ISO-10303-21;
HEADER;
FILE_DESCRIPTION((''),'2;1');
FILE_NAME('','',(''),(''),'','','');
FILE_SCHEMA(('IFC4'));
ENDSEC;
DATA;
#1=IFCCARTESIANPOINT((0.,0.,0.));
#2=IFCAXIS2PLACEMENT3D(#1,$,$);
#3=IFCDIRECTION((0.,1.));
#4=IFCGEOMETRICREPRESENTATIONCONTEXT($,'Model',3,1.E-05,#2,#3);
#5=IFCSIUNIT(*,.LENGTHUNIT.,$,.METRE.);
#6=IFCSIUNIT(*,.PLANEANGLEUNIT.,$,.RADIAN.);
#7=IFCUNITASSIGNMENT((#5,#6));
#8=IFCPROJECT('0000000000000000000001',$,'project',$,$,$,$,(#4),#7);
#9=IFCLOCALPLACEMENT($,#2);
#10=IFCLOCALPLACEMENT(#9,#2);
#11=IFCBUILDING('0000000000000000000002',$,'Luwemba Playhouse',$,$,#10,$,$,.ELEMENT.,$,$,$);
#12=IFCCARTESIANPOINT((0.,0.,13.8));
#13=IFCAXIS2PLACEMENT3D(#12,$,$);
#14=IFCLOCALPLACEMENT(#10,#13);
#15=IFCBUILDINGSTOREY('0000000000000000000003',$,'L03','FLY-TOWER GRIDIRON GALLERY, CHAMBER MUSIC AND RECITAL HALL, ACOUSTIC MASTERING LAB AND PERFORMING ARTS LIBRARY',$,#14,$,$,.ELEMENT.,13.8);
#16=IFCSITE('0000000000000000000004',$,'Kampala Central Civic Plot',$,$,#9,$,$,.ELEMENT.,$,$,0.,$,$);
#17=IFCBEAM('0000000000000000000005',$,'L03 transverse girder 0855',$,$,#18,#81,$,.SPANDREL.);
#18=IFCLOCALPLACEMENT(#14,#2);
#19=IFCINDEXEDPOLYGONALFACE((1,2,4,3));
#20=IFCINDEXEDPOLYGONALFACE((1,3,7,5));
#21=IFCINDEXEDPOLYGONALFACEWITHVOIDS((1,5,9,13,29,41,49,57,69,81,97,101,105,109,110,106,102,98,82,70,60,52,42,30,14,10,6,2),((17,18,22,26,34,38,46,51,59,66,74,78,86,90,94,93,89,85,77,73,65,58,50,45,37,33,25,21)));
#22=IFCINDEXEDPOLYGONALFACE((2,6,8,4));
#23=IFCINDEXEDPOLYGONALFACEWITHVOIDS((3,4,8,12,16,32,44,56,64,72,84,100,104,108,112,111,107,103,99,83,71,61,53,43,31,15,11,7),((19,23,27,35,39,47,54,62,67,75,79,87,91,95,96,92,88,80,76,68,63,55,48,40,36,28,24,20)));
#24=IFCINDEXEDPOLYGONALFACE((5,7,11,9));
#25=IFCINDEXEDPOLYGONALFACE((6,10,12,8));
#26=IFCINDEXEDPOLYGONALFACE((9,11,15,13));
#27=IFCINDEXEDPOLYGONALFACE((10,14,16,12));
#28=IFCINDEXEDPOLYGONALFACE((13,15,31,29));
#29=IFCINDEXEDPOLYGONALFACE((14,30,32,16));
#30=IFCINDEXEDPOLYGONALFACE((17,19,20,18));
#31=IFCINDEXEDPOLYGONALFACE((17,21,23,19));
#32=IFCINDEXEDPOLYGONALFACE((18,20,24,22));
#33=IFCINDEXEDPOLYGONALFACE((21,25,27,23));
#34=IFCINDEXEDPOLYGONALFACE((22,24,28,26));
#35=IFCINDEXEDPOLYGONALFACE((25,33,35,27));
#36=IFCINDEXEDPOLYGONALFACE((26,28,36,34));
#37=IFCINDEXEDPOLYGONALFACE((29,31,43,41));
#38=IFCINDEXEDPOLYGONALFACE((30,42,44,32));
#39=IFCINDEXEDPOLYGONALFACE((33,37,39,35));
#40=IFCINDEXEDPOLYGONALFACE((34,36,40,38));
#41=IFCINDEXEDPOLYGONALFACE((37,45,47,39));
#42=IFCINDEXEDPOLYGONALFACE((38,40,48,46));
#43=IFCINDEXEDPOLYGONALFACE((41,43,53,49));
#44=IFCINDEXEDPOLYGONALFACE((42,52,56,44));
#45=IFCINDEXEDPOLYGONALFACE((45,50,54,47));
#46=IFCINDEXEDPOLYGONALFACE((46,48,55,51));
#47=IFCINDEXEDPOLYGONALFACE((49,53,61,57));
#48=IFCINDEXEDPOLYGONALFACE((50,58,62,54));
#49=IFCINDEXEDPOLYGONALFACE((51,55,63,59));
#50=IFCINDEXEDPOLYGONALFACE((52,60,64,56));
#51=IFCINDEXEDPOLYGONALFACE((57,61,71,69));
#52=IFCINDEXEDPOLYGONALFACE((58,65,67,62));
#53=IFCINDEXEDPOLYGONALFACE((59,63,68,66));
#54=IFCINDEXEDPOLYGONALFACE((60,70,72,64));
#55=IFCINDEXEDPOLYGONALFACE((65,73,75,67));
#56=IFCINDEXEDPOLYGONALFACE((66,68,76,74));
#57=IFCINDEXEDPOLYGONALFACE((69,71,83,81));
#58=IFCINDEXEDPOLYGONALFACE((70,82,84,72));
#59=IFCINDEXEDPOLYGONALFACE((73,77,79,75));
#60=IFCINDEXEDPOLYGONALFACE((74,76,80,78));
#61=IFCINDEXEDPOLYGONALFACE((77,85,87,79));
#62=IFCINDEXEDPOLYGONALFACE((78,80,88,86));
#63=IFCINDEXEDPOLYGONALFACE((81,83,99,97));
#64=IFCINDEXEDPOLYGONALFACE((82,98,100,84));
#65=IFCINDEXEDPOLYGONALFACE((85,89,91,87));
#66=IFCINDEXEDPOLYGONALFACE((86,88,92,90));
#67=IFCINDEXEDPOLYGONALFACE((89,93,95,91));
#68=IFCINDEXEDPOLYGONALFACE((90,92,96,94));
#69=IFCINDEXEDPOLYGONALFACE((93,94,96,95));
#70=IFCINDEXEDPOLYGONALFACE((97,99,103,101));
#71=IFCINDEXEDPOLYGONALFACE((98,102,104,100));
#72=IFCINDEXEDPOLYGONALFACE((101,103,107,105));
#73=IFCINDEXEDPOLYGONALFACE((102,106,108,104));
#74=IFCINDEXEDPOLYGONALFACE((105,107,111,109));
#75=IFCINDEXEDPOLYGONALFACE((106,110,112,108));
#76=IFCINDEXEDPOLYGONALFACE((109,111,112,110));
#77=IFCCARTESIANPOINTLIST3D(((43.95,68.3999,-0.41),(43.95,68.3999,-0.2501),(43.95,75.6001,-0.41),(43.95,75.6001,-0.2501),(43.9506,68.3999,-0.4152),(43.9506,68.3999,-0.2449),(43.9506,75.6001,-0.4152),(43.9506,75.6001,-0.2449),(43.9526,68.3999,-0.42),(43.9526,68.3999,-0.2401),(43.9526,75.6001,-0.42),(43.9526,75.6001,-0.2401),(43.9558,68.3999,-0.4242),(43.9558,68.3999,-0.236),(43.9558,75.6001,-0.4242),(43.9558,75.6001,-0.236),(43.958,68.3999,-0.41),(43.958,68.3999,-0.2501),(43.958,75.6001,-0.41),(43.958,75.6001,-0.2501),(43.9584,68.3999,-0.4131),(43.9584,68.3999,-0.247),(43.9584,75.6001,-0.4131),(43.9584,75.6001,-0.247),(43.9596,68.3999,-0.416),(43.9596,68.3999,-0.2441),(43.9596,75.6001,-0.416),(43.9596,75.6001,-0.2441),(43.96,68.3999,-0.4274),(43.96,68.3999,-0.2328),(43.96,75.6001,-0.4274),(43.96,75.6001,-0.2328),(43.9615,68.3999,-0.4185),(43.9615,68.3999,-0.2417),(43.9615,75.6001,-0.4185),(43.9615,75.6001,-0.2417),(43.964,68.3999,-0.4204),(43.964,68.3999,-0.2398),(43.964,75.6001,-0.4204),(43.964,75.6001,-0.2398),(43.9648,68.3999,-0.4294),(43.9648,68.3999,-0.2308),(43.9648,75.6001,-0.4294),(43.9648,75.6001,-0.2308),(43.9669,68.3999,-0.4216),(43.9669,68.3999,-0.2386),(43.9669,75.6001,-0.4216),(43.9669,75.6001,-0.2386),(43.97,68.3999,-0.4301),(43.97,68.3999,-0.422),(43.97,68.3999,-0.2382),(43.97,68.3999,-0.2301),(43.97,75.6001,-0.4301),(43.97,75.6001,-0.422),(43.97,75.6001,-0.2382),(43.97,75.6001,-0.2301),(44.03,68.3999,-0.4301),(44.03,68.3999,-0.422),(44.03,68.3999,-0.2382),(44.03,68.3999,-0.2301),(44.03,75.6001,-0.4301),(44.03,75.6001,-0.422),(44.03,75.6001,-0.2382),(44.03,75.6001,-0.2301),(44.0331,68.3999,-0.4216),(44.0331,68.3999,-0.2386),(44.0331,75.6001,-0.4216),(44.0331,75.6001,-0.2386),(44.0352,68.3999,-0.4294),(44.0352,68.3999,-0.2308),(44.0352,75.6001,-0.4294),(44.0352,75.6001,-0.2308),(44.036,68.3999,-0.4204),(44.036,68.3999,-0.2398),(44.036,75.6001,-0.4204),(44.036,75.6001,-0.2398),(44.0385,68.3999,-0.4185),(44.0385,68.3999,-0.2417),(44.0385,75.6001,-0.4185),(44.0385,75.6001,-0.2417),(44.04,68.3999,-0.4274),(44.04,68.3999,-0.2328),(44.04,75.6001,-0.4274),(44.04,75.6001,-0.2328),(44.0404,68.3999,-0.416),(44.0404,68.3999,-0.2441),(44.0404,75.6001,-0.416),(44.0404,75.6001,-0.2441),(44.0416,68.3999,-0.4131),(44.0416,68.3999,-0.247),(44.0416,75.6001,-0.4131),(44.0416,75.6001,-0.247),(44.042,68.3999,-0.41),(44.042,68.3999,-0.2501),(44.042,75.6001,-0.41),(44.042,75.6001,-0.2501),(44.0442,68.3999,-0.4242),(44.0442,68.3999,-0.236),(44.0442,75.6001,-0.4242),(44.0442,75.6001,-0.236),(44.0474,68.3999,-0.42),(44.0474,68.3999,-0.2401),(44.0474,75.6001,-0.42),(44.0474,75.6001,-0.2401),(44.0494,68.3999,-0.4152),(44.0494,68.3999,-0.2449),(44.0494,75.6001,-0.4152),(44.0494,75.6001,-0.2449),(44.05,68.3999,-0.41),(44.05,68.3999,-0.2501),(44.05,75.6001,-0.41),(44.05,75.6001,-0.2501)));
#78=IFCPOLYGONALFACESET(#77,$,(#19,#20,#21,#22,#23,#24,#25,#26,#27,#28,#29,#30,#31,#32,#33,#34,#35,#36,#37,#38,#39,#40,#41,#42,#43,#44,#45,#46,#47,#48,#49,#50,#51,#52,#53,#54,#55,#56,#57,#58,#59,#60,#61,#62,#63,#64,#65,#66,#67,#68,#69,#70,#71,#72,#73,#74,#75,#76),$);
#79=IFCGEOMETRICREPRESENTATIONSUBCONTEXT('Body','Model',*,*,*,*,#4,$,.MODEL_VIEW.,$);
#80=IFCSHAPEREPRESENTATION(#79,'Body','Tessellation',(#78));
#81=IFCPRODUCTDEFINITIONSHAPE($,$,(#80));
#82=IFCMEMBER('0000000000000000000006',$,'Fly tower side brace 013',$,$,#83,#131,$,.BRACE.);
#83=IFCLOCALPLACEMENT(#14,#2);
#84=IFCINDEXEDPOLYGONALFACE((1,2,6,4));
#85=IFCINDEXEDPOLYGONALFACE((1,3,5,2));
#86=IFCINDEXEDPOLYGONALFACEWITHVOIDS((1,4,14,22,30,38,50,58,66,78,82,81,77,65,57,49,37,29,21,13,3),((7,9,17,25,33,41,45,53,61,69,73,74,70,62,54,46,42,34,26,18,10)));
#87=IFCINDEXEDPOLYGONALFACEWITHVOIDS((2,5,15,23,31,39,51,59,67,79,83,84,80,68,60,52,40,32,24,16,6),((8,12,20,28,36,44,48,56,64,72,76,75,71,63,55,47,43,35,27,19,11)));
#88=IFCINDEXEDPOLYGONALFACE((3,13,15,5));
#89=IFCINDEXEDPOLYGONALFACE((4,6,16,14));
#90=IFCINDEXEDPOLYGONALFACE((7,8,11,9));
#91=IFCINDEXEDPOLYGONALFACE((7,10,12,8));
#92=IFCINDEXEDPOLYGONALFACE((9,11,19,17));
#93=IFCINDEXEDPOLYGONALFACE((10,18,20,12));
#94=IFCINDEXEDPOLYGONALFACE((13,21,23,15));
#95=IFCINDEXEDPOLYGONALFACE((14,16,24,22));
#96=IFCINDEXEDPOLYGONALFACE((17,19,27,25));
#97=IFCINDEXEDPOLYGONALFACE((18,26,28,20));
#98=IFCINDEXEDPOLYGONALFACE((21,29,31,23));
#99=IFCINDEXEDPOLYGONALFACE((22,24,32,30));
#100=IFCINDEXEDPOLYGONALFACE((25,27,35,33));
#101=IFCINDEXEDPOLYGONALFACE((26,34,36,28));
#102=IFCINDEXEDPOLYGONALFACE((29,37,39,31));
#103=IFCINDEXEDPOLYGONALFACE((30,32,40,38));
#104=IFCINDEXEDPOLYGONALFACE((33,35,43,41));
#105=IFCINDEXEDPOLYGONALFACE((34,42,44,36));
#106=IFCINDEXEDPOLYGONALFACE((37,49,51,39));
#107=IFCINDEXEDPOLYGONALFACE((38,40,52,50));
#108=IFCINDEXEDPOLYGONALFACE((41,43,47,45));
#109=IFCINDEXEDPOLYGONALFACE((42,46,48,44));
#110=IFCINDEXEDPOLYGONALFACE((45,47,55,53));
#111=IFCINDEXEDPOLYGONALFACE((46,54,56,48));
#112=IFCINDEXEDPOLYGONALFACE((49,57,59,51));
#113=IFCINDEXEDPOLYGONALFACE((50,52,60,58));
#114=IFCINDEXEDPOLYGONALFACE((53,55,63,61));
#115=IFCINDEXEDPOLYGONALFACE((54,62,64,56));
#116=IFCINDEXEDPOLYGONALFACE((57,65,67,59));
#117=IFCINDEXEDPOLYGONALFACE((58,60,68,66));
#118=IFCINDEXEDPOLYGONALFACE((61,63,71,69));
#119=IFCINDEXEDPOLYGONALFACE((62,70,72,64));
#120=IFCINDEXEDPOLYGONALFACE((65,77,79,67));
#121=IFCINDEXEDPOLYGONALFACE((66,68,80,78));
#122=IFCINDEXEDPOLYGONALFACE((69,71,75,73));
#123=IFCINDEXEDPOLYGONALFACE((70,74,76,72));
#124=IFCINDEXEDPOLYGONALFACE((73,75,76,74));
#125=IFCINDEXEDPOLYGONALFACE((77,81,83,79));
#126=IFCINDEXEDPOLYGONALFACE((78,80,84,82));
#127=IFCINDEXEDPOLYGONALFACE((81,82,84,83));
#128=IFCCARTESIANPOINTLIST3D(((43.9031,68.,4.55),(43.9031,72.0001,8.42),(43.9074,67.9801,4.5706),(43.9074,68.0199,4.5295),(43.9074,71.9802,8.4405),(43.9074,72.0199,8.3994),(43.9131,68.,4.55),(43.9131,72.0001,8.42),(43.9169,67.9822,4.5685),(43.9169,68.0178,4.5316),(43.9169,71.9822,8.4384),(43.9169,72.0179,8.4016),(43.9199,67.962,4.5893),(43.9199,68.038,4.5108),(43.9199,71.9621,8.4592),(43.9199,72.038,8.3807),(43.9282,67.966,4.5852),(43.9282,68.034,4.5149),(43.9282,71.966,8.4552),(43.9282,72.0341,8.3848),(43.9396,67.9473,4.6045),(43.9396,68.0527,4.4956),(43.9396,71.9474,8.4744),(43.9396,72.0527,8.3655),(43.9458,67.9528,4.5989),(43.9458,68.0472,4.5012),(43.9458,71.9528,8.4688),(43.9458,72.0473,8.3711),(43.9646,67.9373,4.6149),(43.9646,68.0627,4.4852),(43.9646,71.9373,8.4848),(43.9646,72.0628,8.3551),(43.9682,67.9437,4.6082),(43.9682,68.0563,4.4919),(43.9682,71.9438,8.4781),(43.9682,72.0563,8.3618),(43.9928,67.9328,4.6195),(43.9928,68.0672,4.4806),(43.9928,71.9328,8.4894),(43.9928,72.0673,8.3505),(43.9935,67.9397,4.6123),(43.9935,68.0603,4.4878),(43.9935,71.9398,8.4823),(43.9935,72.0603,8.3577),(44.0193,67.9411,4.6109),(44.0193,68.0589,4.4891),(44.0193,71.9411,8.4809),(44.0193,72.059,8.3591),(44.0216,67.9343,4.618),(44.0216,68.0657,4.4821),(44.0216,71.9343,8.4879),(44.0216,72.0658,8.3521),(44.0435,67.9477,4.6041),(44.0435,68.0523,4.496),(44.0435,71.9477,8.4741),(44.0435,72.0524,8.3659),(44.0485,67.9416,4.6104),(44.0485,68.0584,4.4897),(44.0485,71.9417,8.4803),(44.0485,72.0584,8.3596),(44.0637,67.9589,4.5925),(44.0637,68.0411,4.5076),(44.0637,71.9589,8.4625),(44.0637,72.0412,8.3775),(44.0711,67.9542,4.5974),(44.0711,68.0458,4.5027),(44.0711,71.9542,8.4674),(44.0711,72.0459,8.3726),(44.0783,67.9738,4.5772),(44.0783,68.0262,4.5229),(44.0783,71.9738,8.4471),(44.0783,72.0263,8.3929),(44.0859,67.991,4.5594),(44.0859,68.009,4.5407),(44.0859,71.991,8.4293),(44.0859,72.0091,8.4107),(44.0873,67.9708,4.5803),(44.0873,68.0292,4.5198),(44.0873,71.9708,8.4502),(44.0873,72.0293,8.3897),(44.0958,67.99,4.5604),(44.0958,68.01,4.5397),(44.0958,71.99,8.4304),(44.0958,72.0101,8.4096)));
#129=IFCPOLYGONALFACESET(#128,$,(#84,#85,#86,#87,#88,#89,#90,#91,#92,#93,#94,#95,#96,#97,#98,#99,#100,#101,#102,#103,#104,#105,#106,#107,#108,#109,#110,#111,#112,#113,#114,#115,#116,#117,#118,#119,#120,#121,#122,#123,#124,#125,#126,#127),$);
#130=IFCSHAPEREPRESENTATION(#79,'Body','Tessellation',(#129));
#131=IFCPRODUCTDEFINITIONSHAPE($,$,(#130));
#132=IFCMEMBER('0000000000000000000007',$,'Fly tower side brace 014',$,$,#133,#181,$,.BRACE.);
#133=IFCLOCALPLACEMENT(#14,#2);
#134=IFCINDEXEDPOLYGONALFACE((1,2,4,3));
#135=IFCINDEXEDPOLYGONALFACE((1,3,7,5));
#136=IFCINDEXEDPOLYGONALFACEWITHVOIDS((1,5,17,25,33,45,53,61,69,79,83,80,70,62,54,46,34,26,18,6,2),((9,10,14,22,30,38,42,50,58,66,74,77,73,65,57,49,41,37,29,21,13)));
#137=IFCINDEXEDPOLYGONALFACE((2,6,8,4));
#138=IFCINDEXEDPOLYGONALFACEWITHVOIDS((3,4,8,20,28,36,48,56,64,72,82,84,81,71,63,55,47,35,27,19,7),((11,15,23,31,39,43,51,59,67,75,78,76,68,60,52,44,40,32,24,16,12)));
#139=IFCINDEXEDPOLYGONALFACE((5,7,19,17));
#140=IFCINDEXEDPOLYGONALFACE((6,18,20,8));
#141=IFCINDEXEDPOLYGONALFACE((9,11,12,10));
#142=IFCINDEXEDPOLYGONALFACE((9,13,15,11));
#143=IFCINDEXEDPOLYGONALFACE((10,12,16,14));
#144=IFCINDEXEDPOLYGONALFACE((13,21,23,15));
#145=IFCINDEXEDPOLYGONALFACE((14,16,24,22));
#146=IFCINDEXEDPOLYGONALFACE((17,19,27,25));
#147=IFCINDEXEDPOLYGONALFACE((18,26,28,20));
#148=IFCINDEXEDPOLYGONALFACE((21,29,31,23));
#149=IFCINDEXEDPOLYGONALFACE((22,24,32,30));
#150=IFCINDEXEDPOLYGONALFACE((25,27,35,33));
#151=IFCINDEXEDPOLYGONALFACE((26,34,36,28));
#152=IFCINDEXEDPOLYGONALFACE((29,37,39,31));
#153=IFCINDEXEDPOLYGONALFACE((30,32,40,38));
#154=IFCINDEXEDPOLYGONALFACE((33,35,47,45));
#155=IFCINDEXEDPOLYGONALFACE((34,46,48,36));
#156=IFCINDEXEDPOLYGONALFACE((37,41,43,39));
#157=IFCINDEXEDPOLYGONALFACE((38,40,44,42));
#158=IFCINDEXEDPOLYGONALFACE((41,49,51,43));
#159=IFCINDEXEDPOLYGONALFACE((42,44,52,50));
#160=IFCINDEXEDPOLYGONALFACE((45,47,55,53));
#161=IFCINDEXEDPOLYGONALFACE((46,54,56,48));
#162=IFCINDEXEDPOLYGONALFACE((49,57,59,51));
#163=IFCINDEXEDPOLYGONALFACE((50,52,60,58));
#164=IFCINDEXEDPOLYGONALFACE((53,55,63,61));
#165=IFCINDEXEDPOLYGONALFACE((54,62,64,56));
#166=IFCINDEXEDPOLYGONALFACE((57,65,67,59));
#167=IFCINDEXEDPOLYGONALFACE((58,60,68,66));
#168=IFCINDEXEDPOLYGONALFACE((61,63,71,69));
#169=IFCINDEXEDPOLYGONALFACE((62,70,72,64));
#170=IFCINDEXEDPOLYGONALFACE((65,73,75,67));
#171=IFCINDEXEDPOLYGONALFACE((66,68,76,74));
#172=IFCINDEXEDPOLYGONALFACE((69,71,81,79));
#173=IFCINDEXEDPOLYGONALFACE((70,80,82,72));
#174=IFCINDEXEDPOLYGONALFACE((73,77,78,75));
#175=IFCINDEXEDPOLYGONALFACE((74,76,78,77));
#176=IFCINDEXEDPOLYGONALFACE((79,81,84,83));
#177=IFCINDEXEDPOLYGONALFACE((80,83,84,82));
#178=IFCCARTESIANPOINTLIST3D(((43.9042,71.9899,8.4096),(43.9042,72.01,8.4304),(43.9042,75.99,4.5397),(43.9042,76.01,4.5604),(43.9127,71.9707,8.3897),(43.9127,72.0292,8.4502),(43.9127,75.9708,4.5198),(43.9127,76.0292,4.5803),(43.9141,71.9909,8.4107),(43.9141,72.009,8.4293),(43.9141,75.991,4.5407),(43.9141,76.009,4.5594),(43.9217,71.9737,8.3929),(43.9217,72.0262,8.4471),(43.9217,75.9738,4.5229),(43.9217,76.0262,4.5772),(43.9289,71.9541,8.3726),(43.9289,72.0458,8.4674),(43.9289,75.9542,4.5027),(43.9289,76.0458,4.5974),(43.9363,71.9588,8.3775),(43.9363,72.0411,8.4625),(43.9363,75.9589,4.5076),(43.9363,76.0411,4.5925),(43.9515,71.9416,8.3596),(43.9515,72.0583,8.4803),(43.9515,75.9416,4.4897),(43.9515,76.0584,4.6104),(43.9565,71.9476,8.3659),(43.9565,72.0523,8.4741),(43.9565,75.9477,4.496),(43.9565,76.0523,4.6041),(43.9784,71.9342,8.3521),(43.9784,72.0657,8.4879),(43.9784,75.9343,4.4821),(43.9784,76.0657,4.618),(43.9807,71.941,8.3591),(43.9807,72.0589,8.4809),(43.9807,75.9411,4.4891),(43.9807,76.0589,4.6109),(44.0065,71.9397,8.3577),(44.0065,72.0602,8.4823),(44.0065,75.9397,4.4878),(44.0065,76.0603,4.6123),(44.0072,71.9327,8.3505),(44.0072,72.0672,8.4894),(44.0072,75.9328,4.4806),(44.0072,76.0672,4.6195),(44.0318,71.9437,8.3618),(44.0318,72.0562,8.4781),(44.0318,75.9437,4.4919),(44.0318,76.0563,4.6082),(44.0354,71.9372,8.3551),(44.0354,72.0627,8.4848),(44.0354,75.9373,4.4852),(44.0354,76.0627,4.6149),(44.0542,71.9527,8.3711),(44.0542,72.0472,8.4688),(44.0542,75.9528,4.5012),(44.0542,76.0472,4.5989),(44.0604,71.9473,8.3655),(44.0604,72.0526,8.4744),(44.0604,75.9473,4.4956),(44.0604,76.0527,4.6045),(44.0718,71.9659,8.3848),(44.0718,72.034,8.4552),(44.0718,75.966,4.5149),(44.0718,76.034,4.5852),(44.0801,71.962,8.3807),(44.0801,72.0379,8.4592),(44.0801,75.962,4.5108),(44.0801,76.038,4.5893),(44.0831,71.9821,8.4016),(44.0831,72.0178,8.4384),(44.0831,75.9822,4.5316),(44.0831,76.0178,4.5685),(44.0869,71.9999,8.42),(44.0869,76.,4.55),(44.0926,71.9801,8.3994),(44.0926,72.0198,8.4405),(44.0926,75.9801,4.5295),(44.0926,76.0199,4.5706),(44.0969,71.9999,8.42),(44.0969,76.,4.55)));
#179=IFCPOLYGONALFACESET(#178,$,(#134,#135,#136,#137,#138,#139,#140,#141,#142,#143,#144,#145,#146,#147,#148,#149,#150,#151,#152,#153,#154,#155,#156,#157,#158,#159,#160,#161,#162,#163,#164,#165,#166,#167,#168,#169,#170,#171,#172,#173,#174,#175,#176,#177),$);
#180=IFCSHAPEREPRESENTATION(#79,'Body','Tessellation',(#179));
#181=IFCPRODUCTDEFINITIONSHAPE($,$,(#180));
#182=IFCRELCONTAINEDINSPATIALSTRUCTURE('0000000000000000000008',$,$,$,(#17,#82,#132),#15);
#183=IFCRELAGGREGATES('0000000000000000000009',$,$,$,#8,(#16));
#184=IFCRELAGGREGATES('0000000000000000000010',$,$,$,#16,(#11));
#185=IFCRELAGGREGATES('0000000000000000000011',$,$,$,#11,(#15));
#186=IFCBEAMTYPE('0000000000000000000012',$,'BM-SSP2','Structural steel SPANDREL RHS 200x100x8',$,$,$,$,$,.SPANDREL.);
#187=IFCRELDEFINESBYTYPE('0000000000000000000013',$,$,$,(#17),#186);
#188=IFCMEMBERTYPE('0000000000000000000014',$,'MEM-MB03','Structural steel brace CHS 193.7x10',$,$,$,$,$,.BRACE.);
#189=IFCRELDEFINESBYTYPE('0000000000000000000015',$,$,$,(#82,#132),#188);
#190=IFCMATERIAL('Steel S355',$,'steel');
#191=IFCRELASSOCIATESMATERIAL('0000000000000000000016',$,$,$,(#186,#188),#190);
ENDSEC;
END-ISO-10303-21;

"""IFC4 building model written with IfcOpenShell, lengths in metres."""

from ifc_helpers import new_model, si_unit, direction, frame, origin, origin_2d, place, context, subcontext, project, spatial, hollow_rectangle, hollow_circle, extrude, material, material_profile, profile_set, type_object, element, save


model = new_model("IFC4")

# Units and contexts
model_context = context("Model", 3, precision=1e-05, world=origin(), true_north=direction((0.0, 1.0)))
body_context = subcontext(model_context, "Body", "Model", "MODEL_VIEW")
ifc_project = project(units=[si_unit("LENGTHUNIT", "METRE"), si_unit("PLANEANGLEUNIT", "RADIAN")], contexts=[model_context])

# Site, building, storey
site_placement = place(None, origin())
site = spatial("IfcSite", under=ifc_project, at=site_placement, Name="Kampala Central Civic Plot", CompositionType="ELEMENT", RefElevation=0.0)
building_placement = place(site_placement, origin())
building = spatial("IfcBuilding", under=site, at=building_placement, Name="Luwemba Playhouse", CompositionType="ELEMENT")
storey_placement = place(building_placement, frame((0.0, 0.0, 13.8)))
storey = spatial("IfcBuildingStorey", under=building, at=storey_placement, Name="L03", Description="FLY-TOWER GRIDIRON GALLERY, CHAMBER MUSIC AND RECITAL HALL, ACOUSTIC MASTERING LAB AND PERFORMING ARTS LIBRARY", CompositionType="ELEMENT", Elevation=13.8)

# Shared definitions
ifc_material_1 = material(Name="Steel S355", Category="steel")

# Beam
ifc_material_profile_1 = material_profile(ifc_material_1, hollow_rectangle(XDim=0.1001, YDim=0.2, WallThickness=0.0081, InnerFilletRadius=0.012, OuterFilletRadius=0.02, at=origin_2d()))
ifc_profile_set_1 = profile_set([ifc_material_profile_1], Name="Steel S355")
beam_type_1 = type_object("IfcBeamType", Name="BM-SSP2", Description="Structural steel SPANDREL RHS 200x100x8", PredefinedType="SPANDREL", material=ifc_profile_set_1)
beam_placement = place(storey_placement, frame((44.0, 68.3999, -0.3301), z_axis=(0.0, 1.0, 0.0), x_axis=(-1.0, 0.0, 0.0)))
element("IfcBeam", 1, at=beam_placement, inside=storey, type_object=beam_type_1, Name="L03 transverse girder 0855", PredefinedType="SPANDREL", context=body_context, shape_type="SweptSolid", body=[
    extrude(hollow_rectangle(XDim=0.1001, YDim=0.2, WallThickness=0.0081, InnerFilletRadius=0.012, OuterFilletRadius=0.02, at=origin_2d()), origin(), (0.0, 0.0, 1.0), 7.2002),
])

# Members
ifc_material_profile_2 = material_profile(ifc_material_1, hollow_circle(Radius=0.0969, WallThickness=0.01, at=origin_2d()))
ifc_profile_set_2 = profile_set([ifc_material_profile_2], Name="Steel S355")
member_type_1 = type_object("IfcMemberType", Name="MEM-MB03", Description="Structural steel brace CHS 193.7x10", PredefinedType="BRACE", material=ifc_profile_set_2)
for number, where, z_axis, x_axis, name in (
    (2, (44.0, 68.0, 4.55), (0.0, 0.7187, 0.69532), (-1.0, 0.0, 0.0), "Fly tower side brace 013"),
    (3, (44.0, 76.0, 4.55), (0.0, -0.7187, 0.69532), (1.0, 0.0, 0.0), "Fly tower side brace 014"),
):
    element("IfcMember", number, at=place(storey_placement, frame(where, z_axis=z_axis, x_axis=x_axis)), inside=storey, type_object=member_type_1, Name=name, PredefinedType="BRACE", context=body_context, shape_type="SweptSolid", body=[
        extrude(hollow_circle(Radius=0.0969, WallThickness=0.01, at=origin_2d()), origin(), (0.0, 0.0, 1.0), 5.5657),
    ])

save(model, "model.ifc")
